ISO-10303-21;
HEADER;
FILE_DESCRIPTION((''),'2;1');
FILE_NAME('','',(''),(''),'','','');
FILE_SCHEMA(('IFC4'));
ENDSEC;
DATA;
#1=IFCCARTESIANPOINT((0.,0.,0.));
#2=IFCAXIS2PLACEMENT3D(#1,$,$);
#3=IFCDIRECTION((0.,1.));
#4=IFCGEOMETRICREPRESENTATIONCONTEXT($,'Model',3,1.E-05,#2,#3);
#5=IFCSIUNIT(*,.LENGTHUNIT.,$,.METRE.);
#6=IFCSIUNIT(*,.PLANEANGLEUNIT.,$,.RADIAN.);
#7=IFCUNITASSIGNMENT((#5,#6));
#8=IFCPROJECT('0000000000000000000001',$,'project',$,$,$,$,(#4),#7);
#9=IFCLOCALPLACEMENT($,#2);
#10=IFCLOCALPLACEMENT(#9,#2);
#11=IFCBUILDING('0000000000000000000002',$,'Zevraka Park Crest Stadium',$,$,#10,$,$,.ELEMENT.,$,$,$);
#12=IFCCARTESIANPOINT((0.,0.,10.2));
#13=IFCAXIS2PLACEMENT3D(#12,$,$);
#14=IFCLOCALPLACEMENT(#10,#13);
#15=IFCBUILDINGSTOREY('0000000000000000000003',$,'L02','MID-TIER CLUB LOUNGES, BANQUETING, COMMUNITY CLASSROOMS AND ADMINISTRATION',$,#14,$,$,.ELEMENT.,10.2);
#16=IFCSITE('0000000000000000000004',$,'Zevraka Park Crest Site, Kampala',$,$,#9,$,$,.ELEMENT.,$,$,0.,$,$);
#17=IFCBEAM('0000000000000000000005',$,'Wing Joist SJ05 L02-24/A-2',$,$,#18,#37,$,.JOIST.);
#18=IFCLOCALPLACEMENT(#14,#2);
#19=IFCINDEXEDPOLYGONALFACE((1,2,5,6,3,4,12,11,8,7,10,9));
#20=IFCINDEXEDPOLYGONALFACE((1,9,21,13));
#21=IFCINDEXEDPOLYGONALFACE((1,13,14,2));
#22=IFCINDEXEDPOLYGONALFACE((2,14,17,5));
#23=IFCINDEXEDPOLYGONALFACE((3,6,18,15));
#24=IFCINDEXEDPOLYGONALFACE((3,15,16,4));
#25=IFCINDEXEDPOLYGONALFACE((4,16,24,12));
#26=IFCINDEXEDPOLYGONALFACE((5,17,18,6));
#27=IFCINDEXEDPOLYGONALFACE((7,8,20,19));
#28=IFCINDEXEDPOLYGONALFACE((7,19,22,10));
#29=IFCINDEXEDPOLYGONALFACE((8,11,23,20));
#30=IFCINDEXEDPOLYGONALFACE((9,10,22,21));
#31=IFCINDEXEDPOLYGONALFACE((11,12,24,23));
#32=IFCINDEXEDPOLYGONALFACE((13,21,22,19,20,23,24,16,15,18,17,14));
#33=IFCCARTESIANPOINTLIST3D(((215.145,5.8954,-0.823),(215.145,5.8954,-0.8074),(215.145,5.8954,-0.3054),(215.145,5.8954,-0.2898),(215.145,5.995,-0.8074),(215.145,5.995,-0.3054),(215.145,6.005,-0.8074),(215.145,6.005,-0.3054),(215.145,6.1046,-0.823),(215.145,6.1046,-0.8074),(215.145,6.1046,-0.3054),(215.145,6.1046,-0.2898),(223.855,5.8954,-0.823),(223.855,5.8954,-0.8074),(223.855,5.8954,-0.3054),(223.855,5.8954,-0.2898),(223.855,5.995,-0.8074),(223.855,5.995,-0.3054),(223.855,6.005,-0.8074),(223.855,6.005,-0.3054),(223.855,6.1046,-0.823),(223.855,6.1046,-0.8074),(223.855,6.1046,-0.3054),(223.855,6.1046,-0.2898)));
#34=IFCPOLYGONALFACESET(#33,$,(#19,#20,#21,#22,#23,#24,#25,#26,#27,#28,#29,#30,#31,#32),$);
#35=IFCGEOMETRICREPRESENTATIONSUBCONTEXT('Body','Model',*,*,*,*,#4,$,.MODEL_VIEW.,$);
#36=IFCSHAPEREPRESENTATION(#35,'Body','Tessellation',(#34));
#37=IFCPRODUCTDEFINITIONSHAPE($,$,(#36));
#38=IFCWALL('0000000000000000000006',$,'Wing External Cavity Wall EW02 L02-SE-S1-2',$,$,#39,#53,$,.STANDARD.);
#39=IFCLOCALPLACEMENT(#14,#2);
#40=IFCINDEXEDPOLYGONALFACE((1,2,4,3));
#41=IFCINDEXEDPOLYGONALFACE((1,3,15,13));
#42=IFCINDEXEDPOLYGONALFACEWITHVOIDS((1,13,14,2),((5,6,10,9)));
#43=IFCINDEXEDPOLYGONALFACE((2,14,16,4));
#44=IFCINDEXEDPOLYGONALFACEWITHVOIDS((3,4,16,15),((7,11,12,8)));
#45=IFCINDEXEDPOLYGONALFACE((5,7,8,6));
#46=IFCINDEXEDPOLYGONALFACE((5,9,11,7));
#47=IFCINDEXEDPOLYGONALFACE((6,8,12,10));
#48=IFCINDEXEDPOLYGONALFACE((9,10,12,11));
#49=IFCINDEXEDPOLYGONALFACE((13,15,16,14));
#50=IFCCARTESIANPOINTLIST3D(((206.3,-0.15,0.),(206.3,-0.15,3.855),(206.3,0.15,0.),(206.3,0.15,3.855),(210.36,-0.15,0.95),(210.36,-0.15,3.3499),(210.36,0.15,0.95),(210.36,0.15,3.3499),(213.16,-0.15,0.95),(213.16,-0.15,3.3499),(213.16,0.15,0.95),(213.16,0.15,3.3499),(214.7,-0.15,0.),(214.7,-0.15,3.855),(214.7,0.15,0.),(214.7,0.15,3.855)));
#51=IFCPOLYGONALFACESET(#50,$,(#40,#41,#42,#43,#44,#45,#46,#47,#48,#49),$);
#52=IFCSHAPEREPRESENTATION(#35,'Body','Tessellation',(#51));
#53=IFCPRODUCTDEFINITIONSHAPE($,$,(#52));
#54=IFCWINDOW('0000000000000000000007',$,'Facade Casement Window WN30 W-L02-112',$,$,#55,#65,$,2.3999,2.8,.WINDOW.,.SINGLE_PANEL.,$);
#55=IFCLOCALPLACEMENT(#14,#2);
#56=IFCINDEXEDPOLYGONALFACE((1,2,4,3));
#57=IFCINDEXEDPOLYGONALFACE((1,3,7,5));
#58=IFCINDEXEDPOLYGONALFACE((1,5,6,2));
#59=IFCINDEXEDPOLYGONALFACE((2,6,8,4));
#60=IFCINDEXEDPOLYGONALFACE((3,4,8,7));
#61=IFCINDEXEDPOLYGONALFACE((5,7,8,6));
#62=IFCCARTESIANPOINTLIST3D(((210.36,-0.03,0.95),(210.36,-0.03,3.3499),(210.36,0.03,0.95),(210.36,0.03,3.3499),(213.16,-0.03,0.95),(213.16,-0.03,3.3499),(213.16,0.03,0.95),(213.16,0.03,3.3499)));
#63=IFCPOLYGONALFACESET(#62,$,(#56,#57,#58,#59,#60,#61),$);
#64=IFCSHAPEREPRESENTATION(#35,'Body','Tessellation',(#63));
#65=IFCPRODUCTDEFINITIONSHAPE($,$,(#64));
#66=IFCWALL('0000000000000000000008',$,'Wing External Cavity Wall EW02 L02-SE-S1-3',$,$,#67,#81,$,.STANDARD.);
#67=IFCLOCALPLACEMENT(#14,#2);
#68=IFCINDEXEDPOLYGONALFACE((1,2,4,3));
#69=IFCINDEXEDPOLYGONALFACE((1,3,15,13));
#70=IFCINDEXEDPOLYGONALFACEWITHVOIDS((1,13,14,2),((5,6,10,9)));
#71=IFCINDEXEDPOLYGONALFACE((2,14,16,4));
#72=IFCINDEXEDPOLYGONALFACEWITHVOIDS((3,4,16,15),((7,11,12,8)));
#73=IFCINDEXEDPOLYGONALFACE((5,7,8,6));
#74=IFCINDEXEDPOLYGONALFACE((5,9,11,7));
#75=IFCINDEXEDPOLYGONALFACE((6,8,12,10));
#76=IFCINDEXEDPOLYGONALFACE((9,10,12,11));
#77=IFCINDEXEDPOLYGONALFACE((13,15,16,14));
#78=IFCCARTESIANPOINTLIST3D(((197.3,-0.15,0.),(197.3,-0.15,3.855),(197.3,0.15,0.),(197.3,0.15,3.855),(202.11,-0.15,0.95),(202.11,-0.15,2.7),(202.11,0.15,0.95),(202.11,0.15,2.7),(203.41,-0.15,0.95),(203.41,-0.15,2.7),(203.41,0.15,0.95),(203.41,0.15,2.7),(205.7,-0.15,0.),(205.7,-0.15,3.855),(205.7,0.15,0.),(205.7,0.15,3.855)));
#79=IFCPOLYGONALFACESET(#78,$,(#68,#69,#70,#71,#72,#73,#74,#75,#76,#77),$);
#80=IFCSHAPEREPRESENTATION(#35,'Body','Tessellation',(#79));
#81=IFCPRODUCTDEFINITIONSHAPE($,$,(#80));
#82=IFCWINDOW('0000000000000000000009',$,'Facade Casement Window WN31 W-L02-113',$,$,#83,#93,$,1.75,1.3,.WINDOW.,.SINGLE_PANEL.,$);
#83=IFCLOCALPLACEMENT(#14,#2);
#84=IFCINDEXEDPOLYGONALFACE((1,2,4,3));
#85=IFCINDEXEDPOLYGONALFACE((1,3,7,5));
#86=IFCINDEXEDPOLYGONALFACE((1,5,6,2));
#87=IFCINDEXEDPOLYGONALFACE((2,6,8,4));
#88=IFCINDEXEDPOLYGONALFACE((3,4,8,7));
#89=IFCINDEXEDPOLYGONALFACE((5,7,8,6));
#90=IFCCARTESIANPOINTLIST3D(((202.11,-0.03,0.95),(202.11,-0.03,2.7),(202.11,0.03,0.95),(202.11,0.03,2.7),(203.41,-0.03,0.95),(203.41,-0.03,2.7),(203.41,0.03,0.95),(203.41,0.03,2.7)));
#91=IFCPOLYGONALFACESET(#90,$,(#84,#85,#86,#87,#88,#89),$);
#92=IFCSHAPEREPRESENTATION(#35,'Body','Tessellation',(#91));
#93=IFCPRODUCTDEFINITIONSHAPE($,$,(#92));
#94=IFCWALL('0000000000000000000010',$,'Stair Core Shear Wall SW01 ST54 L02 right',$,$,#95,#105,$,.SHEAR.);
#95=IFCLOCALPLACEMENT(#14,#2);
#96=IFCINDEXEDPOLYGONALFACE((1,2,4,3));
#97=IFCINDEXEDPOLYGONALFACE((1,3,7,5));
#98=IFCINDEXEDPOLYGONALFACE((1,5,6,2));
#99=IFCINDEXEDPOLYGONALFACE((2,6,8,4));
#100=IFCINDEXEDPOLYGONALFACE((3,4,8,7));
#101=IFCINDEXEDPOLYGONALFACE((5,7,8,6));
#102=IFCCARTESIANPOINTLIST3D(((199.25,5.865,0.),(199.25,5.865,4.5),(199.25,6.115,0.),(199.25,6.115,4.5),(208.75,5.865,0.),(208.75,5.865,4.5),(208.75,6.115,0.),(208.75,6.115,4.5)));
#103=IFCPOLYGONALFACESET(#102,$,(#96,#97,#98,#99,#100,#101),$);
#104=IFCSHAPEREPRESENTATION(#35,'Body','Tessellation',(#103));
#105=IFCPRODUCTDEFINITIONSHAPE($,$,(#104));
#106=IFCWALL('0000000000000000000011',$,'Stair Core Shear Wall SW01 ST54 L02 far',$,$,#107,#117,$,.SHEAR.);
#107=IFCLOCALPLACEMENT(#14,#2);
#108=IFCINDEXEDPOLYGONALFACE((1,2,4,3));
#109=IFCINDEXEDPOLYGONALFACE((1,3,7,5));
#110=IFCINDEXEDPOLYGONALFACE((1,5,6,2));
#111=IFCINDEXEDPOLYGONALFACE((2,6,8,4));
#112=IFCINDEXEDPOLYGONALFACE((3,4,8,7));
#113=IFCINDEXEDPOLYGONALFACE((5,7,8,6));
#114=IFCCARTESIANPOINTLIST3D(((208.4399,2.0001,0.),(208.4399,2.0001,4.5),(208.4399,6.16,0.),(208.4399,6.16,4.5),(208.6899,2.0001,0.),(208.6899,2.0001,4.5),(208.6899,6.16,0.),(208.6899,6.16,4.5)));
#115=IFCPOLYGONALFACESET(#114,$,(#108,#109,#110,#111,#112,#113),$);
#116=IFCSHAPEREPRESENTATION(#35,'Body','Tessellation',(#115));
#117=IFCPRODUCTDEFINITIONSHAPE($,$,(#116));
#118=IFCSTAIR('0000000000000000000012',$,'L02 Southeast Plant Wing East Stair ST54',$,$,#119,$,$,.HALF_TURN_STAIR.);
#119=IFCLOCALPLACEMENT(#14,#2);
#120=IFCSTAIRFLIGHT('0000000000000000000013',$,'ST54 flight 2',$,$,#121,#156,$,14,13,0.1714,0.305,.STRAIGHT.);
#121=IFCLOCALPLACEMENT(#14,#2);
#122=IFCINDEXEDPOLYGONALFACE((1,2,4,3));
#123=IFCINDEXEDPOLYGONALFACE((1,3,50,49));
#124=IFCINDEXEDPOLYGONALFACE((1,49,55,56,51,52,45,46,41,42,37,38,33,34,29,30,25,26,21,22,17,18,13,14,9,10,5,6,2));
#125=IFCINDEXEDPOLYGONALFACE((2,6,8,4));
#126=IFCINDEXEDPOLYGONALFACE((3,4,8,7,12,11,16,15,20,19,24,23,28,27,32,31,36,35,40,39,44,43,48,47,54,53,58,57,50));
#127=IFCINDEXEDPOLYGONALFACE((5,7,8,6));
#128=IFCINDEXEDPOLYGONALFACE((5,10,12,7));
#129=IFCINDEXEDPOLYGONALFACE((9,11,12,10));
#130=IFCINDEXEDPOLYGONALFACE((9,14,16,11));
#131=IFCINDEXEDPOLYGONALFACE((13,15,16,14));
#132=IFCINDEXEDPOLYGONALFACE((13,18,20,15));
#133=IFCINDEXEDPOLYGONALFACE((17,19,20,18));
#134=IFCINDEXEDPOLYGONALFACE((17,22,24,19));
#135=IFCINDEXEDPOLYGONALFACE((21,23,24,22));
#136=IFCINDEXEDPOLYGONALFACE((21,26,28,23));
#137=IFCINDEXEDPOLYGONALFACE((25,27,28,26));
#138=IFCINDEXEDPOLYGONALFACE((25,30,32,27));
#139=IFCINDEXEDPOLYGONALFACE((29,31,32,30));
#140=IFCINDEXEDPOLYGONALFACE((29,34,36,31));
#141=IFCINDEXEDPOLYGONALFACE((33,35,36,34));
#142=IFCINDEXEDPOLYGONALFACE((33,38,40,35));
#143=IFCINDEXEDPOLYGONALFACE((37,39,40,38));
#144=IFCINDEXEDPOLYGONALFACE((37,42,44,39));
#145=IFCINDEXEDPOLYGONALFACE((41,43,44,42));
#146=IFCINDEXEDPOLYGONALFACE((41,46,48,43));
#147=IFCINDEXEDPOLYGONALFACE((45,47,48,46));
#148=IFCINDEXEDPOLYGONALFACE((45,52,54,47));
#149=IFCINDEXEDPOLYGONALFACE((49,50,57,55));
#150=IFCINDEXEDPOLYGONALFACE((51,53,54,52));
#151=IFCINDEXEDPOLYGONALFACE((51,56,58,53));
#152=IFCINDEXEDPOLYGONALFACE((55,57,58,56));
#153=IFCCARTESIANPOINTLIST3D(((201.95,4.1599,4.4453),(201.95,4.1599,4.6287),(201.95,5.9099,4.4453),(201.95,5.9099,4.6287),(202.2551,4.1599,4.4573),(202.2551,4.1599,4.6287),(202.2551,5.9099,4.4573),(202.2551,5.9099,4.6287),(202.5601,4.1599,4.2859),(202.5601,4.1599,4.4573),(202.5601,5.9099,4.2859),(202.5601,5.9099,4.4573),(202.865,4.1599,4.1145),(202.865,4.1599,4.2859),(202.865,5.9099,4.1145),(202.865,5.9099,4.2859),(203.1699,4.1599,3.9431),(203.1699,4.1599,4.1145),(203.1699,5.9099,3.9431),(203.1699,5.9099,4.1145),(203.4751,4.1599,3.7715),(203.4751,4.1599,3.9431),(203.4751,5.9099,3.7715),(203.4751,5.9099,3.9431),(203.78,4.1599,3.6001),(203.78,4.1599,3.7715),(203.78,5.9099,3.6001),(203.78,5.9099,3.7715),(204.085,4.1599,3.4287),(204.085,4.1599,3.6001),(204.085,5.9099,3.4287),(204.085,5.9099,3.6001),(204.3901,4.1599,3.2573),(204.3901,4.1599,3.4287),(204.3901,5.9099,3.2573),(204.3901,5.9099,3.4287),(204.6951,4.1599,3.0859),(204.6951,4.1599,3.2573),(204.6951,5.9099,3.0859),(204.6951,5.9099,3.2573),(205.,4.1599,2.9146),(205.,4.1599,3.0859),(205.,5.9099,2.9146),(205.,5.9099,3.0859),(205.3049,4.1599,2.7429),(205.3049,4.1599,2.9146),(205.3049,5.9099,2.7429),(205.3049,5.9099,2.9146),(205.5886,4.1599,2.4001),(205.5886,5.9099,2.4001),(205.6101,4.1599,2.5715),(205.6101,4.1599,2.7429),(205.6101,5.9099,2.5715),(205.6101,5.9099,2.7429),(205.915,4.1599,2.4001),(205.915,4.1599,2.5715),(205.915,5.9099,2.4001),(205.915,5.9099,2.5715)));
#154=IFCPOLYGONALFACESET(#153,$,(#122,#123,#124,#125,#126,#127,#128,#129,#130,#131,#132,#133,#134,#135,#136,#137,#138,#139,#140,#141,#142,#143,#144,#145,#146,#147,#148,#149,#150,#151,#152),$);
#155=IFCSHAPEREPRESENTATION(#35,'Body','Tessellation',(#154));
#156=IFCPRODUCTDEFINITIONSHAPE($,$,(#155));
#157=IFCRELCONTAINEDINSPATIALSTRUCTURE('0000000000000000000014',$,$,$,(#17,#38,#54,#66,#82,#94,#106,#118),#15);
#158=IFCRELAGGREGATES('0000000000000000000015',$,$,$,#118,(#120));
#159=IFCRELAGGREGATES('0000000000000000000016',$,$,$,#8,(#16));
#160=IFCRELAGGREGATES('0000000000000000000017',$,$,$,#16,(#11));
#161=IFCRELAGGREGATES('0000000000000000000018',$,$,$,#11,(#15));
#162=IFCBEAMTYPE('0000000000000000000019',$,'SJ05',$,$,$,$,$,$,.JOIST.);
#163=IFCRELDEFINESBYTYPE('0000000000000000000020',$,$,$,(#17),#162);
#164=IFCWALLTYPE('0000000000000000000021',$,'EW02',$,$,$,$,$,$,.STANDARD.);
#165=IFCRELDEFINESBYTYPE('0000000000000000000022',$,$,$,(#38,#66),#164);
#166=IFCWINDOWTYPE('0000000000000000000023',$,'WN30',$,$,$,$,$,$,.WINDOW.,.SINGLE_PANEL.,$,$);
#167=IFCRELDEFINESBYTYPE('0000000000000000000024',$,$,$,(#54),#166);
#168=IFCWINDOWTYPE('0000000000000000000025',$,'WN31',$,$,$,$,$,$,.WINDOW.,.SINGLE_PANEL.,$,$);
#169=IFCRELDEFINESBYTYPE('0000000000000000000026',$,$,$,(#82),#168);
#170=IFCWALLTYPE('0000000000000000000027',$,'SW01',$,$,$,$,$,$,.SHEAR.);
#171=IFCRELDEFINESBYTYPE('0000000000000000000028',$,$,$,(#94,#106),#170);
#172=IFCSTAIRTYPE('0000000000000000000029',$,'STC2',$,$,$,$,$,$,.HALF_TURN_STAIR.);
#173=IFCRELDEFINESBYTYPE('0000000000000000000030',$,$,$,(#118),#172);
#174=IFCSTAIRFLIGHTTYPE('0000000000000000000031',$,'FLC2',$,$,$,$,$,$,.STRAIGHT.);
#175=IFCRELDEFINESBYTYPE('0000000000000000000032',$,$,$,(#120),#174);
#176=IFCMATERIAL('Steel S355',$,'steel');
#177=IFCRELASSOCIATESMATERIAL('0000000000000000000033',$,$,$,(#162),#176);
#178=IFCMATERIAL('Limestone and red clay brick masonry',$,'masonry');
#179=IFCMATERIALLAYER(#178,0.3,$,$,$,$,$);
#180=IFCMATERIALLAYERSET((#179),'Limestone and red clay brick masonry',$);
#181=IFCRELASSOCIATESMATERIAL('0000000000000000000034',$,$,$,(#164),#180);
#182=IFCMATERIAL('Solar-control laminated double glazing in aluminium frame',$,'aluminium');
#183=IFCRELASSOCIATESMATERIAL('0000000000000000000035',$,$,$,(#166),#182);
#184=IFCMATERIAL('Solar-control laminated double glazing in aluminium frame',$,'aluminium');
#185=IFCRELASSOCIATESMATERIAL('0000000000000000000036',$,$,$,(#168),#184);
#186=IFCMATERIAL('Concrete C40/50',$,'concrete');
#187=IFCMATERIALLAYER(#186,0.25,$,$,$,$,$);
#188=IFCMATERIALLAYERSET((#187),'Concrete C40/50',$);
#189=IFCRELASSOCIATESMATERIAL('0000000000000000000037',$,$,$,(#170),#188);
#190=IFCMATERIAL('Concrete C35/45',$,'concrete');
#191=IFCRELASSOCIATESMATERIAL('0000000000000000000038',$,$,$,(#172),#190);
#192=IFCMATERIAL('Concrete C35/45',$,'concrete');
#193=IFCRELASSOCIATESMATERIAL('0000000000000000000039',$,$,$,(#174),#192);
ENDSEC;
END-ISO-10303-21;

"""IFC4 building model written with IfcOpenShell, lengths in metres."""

from ifc_helpers import new_model, si_unit, direction, frame, frame_2d, origin, origin_2d, place, context, subcontext, project, spatial, polyline, rectangle, i_section, outline, extrude, material, layer, layer_set, material_profile, profile_set, type_object, element, fill, aggregate, save


model = new_model("IFC4")

# Units and contexts
model_context = context("Model", 3, precision=1e-05, world=origin(), true_north=direction((0.0, 1.0)))
body_context = subcontext(model_context, "Body", "Model", "MODEL_VIEW")
ifc_project = project(units=[si_unit("LENGTHUNIT", "METRE"), si_unit("PLANEANGLEUNIT", "RADIAN")], contexts=[model_context])

# Site, building, storey
site_placement = place(None, origin())
site = spatial("IfcSite", under=ifc_project, at=site_placement, Name="Zevraka Park Crest Site, Kampala", CompositionType="ELEMENT", RefElevation=0.0)
building_placement = place(site_placement, origin())
building = spatial("IfcBuilding", under=site, at=building_placement, Name="Zevraka Park Crest Stadium", CompositionType="ELEMENT")
storey_placement = place(building_placement, frame((0.0, 0.0, 10.2)))
storey = spatial("IfcBuildingStorey", under=building, at=storey_placement, Name="L02", Description="MID-TIER CLUB LOUNGES, BANQUETING, COMMUNITY CLASSROOMS AND ADMINISTRATION", CompositionType="ELEMENT", Elevation=10.2)

# Beam
ifc_material_1 = material(Name="Steel S355", Category="steel")
ifc_material_profile_1 = material_profile(ifc_material_1, i_section(OverallWidth=0.2092, OverallDepth=0.5332, WebThickness=0.01, FlangeThickness=0.0156, at=origin_2d()), Name="UKB 533x210x92")
ifc_profile_set_1 = profile_set([ifc_material_profile_1], Name="Steel S355")
beam_type_1 = type_object("IfcBeamType", Name="SJ05", PredefinedType="JOIST", material=ifc_profile_set_1)
for number, where, z_axis, x_axis, name in (
    (1, (215.145, 6.0, -0.5564), (1.0, 0.0, 0.0), (0.0, 1.0, 0.0), "Wing Joist SJ05 L02-24/A-2"),
):
    element("IfcBeam", number, at=place(storey_placement, frame(where, z_axis=z_axis, x_axis=x_axis)), inside=storey, type_object=beam_type_1, Name=name, PredefinedType="JOIST", context=body_context, shape_type="SweptSolid", body=[
        extrude(i_section(OverallWidth=0.2092, OverallDepth=0.5332, WebThickness=0.01, FlangeThickness=0.0156, at=origin_2d()), origin(), (0.0, 0.0, 1.0), 8.71),
    ])

# Walls, openings, windows
ifc_material_2 = material(Name="Limestone and red clay brick masonry", Category="masonry")
ifc_layer_1 = layer(ifc_material_2, 0.3)
ifc_layer_set_1 = layer_set([ifc_layer_1], Name="Limestone and red clay brick masonry")
wall_type_1 = type_object("IfcWallType", Name="EW02", PredefinedType="STANDARD", material=ifc_layer_set_1)
wall_1_placement = place(storey_placement, frame((214.7, 0.0, 0.0), z_axis=(0.0, 0.0, 1.0), x_axis=(-1.0, 0.0, 0.0)))
wall_1 = element("IfcWall", 2, at=wall_1_placement, inside=storey, type_object=wall_type_1, Name="Wing External Cavity Wall EW02 L02-SE-S1-2", PredefinedType="STANDARD", context=body_context, shape_type="SweptSolid", body=[
    extrude(rectangle(XDim=8.3999, YDim=0.3, at=frame_2d((4.2, 0.0))), origin(), (0.0, 0.0, 1.0), 3.855),
])
opening_1_placement = place(wall_1_placement, frame((1.54, 0.0, 0.95)))
opening_1 = element("IfcOpeningElement", 3, at=opening_1_placement, cuts=wall_1, PredefinedType="OPENING", context=body_context, shape_type="SweptSolid", body=[
    extrude(rectangle(XDim=2.8, YDim=2.3999, at=frame_2d((1.3999, 1.2))), frame((0.0, 0.1599, 0.0), z_axis=(0.0, -1.0, 0.0), x_axis=(1.0, 0.0, 0.0)), (0.0, 0.0, 1.0), 0.3201),
])
ifc_material_3 = material(Name="Solar-control laminated double glazing in aluminium frame", Category="aluminium")
window_type_1 = type_object("IfcWindowType", Name="WN30", PartitioningType="SINGLE_PANEL", PredefinedType="WINDOW", material=ifc_material_3)
window_1_placement = place(opening_1_placement, origin())
window_1 = element("IfcWindow", 4, at=window_1_placement, inside=storey, type_object=window_type_1, Name="Facade Casement Window WN30 W-L02-112", OverallHeight=2.3999, OverallWidth=2.8, PartitioningType="SINGLE_PANEL", PredefinedType="WINDOW", context=body_context, shape_type="SweptSolid", body=[
    extrude(rectangle(XDim=2.8, YDim=2.3999, at=frame_2d((1.3999, 1.2))), frame((0.0, 0.03, 0.0), z_axis=(0.0, -1.0, 0.0), x_axis=(1.0, 0.0, 0.0)), (0.0, 0.0, 1.0), 0.0601),
])
fill(opening_1, window_1)
wall_2_placement = place(storey_placement, frame((205.7, 0.0, 0.0), z_axis=(0.0, 0.0, 1.0), x_axis=(-1.0, 0.0, 0.0)))
wall_2 = element("IfcWall", 5, at=wall_2_placement, inside=storey, type_object=wall_type_1, Name="Wing External Cavity Wall EW02 L02-SE-S1-3", PredefinedType="STANDARD", context=body_context, shape_type="SweptSolid", body=[
    extrude(rectangle(XDim=8.3999, YDim=0.3, at=frame_2d((4.2, 0.0))), origin(), (0.0, 0.0, 1.0), 3.855),
])
opening_2_placement = place(wall_2_placement, frame((2.29, 0.0, 0.95)))
opening_2 = element("IfcOpeningElement", 6, at=opening_2_placement, cuts=wall_2, PredefinedType="OPENING", context=body_context, shape_type="SweptSolid", body=[
    extrude(rectangle(XDim=1.3, YDim=1.75, at=frame_2d((0.6499, 0.875))), frame((0.0, 0.1599, 0.0), z_axis=(0.0, -1.0, 0.0), x_axis=(1.0, 0.0, 0.0)), (0.0, 0.0, 1.0), 0.3201),
])
ifc_material_4 = material(Name="Solar-control laminated double glazing in aluminium frame", Category="aluminium")
window_type_2 = type_object("IfcWindowType", Name="WN31", PartitioningType="SINGLE_PANEL", PredefinedType="WINDOW", material=ifc_material_4)
window_2_placement = place(opening_2_placement, origin())
window_2 = element("IfcWindow", 7, at=window_2_placement, inside=storey, type_object=window_type_2, Name="Facade Casement Window WN31 W-L02-113", OverallHeight=1.75, OverallWidth=1.3, PartitioningType="SINGLE_PANEL", PredefinedType="WINDOW", context=body_context, shape_type="SweptSolid", body=[
    extrude(rectangle(XDim=1.3, YDim=1.75, at=frame_2d((0.6499, 0.875))), frame((0.0, 0.03, 0.0), z_axis=(0.0, -1.0, 0.0), x_axis=(1.0, 0.0, 0.0)), (0.0, 0.0, 1.0), 0.0601),
])
fill(opening_2, window_2)

# Walls
ifc_material_5 = material(Name="Concrete C40/50", Category="concrete")
ifc_layer_2 = layer(ifc_material_5, 0.25)
ifc_layer_set_2 = layer_set([ifc_layer_2], Name="Concrete C40/50")
wall_type_2 = type_object("IfcWallType", Name="SW01", PredefinedType="SHEAR", material=ifc_layer_set_2)
wall_3_placement = place(storey_placement, frame((208.75, 5.99, 0.0), z_axis=(0.0, 0.0, 1.0), x_axis=(-1.0, 0.0, 0.0)))
element("IfcWall", 8, at=wall_3_placement, inside=storey, type_object=wall_type_2, Name="Stair Core Shear Wall SW01 ST54 L02 right", PredefinedType="SHEAR", context=body_context, shape_type="SweptSolid", body=[
    extrude(rectangle(XDim=9.5, YDim=0.25, at=frame_2d((4.75, 0.0))), origin(), (0.0, 0.0, 1.0), 4.5),
])
wall_4_placement = place(storey_placement, frame((208.5649, 2.0, 0.0), z_axis=(0.0, 0.0, 1.0), x_axis=(0.0, 1.0, 0.0)))
element("IfcWall", 9, at=wall_4_placement, inside=storey, type_object=wall_type_2, Name="Stair Core Shear Wall SW01 ST54 L02 far", PredefinedType="SHEAR", context=body_context, shape_type="SweptSolid", body=[
    extrude(rectangle(XDim=4.1599, YDim=0.25, at=frame_2d((2.0801, 0.0))), origin(), (0.0, 0.0, 1.0), 4.5),
])

# Stair, stair flight
ifc_material_6 = material(Name="Concrete C35/45", Category="concrete")
stair_type = type_object("IfcStairType", Name="STC2", PredefinedType="HALF_TURN_STAIR", material=ifc_material_6)
stair_placement = place(storey_placement, origin())
stair = element("IfcStair", 10, at=stair_placement, inside=storey, type_object=stair_type, Name="L02 Southeast Plant Wing East Stair ST54", PredefinedType="HALF_TURN_STAIR")
ifc_material_7 = material(Name="Concrete C35/45", Category="concrete")
stair_flight_type = type_object("IfcStairFlightType", Name="FLC2", PredefinedType="STRAIGHT", material=ifc_material_7)
stair_flight_placement = place(storey_placement, frame((205.915, 5.0349, 2.4001), z_axis=(0.0, 0.0, 1.0), x_axis=(-1.0, 0.0, 0.0)))
stair_flight = element("IfcStairFlight", 11, at=stair_flight_placement, type_object=stair_flight_type, Name="ST54 flight 2", NumberOfRisers=14, NumberOfTreads=13, PredefinedType="STRAIGHT", RiserHeight=0.1714, TreadLength=0.305, context=body_context, shape_type="SweptSolid", body=[
    extrude(outline(polyline([(0.0, 0.0), (0.0, 0.1714), (0.3049, 0.1714), (0.3049, 0.3428), (0.6101, 0.3428), (0.6101, 0.5144), (0.915, 0.5144), (0.915, 0.6858), (1.22, 0.6858), (1.22, 0.8572), (1.5249, 0.8572), (1.5249, 1.0286), (1.8301, 1.0286), (1.8301, 1.2), (2.135, 1.2), (2.135, 1.3713), (2.4399, 1.3713), (2.4399, 1.543), (2.7451, 1.543), (2.7451, 1.7144), (3.05, 1.7144), (3.05, 1.8857), (3.355, 1.8857), (3.355, 2.0571), (3.6599, 2.0571), (3.6599, 2.2285), (3.9651, 2.2285), (3.9651, 2.3999), (3.9651, 2.0452), (0.3264, 0.0), (0.0, 0.0)])), frame((0.0, 0.875, 0.0), z_axis=(0.0, -1.0, 0.0), x_axis=(1.0, 0.0, 0.0)), (0.0, 0.0, 1.0), 1.75),
])
aggregate(stair, [stair_flight])

save(model, "model.ifc")
